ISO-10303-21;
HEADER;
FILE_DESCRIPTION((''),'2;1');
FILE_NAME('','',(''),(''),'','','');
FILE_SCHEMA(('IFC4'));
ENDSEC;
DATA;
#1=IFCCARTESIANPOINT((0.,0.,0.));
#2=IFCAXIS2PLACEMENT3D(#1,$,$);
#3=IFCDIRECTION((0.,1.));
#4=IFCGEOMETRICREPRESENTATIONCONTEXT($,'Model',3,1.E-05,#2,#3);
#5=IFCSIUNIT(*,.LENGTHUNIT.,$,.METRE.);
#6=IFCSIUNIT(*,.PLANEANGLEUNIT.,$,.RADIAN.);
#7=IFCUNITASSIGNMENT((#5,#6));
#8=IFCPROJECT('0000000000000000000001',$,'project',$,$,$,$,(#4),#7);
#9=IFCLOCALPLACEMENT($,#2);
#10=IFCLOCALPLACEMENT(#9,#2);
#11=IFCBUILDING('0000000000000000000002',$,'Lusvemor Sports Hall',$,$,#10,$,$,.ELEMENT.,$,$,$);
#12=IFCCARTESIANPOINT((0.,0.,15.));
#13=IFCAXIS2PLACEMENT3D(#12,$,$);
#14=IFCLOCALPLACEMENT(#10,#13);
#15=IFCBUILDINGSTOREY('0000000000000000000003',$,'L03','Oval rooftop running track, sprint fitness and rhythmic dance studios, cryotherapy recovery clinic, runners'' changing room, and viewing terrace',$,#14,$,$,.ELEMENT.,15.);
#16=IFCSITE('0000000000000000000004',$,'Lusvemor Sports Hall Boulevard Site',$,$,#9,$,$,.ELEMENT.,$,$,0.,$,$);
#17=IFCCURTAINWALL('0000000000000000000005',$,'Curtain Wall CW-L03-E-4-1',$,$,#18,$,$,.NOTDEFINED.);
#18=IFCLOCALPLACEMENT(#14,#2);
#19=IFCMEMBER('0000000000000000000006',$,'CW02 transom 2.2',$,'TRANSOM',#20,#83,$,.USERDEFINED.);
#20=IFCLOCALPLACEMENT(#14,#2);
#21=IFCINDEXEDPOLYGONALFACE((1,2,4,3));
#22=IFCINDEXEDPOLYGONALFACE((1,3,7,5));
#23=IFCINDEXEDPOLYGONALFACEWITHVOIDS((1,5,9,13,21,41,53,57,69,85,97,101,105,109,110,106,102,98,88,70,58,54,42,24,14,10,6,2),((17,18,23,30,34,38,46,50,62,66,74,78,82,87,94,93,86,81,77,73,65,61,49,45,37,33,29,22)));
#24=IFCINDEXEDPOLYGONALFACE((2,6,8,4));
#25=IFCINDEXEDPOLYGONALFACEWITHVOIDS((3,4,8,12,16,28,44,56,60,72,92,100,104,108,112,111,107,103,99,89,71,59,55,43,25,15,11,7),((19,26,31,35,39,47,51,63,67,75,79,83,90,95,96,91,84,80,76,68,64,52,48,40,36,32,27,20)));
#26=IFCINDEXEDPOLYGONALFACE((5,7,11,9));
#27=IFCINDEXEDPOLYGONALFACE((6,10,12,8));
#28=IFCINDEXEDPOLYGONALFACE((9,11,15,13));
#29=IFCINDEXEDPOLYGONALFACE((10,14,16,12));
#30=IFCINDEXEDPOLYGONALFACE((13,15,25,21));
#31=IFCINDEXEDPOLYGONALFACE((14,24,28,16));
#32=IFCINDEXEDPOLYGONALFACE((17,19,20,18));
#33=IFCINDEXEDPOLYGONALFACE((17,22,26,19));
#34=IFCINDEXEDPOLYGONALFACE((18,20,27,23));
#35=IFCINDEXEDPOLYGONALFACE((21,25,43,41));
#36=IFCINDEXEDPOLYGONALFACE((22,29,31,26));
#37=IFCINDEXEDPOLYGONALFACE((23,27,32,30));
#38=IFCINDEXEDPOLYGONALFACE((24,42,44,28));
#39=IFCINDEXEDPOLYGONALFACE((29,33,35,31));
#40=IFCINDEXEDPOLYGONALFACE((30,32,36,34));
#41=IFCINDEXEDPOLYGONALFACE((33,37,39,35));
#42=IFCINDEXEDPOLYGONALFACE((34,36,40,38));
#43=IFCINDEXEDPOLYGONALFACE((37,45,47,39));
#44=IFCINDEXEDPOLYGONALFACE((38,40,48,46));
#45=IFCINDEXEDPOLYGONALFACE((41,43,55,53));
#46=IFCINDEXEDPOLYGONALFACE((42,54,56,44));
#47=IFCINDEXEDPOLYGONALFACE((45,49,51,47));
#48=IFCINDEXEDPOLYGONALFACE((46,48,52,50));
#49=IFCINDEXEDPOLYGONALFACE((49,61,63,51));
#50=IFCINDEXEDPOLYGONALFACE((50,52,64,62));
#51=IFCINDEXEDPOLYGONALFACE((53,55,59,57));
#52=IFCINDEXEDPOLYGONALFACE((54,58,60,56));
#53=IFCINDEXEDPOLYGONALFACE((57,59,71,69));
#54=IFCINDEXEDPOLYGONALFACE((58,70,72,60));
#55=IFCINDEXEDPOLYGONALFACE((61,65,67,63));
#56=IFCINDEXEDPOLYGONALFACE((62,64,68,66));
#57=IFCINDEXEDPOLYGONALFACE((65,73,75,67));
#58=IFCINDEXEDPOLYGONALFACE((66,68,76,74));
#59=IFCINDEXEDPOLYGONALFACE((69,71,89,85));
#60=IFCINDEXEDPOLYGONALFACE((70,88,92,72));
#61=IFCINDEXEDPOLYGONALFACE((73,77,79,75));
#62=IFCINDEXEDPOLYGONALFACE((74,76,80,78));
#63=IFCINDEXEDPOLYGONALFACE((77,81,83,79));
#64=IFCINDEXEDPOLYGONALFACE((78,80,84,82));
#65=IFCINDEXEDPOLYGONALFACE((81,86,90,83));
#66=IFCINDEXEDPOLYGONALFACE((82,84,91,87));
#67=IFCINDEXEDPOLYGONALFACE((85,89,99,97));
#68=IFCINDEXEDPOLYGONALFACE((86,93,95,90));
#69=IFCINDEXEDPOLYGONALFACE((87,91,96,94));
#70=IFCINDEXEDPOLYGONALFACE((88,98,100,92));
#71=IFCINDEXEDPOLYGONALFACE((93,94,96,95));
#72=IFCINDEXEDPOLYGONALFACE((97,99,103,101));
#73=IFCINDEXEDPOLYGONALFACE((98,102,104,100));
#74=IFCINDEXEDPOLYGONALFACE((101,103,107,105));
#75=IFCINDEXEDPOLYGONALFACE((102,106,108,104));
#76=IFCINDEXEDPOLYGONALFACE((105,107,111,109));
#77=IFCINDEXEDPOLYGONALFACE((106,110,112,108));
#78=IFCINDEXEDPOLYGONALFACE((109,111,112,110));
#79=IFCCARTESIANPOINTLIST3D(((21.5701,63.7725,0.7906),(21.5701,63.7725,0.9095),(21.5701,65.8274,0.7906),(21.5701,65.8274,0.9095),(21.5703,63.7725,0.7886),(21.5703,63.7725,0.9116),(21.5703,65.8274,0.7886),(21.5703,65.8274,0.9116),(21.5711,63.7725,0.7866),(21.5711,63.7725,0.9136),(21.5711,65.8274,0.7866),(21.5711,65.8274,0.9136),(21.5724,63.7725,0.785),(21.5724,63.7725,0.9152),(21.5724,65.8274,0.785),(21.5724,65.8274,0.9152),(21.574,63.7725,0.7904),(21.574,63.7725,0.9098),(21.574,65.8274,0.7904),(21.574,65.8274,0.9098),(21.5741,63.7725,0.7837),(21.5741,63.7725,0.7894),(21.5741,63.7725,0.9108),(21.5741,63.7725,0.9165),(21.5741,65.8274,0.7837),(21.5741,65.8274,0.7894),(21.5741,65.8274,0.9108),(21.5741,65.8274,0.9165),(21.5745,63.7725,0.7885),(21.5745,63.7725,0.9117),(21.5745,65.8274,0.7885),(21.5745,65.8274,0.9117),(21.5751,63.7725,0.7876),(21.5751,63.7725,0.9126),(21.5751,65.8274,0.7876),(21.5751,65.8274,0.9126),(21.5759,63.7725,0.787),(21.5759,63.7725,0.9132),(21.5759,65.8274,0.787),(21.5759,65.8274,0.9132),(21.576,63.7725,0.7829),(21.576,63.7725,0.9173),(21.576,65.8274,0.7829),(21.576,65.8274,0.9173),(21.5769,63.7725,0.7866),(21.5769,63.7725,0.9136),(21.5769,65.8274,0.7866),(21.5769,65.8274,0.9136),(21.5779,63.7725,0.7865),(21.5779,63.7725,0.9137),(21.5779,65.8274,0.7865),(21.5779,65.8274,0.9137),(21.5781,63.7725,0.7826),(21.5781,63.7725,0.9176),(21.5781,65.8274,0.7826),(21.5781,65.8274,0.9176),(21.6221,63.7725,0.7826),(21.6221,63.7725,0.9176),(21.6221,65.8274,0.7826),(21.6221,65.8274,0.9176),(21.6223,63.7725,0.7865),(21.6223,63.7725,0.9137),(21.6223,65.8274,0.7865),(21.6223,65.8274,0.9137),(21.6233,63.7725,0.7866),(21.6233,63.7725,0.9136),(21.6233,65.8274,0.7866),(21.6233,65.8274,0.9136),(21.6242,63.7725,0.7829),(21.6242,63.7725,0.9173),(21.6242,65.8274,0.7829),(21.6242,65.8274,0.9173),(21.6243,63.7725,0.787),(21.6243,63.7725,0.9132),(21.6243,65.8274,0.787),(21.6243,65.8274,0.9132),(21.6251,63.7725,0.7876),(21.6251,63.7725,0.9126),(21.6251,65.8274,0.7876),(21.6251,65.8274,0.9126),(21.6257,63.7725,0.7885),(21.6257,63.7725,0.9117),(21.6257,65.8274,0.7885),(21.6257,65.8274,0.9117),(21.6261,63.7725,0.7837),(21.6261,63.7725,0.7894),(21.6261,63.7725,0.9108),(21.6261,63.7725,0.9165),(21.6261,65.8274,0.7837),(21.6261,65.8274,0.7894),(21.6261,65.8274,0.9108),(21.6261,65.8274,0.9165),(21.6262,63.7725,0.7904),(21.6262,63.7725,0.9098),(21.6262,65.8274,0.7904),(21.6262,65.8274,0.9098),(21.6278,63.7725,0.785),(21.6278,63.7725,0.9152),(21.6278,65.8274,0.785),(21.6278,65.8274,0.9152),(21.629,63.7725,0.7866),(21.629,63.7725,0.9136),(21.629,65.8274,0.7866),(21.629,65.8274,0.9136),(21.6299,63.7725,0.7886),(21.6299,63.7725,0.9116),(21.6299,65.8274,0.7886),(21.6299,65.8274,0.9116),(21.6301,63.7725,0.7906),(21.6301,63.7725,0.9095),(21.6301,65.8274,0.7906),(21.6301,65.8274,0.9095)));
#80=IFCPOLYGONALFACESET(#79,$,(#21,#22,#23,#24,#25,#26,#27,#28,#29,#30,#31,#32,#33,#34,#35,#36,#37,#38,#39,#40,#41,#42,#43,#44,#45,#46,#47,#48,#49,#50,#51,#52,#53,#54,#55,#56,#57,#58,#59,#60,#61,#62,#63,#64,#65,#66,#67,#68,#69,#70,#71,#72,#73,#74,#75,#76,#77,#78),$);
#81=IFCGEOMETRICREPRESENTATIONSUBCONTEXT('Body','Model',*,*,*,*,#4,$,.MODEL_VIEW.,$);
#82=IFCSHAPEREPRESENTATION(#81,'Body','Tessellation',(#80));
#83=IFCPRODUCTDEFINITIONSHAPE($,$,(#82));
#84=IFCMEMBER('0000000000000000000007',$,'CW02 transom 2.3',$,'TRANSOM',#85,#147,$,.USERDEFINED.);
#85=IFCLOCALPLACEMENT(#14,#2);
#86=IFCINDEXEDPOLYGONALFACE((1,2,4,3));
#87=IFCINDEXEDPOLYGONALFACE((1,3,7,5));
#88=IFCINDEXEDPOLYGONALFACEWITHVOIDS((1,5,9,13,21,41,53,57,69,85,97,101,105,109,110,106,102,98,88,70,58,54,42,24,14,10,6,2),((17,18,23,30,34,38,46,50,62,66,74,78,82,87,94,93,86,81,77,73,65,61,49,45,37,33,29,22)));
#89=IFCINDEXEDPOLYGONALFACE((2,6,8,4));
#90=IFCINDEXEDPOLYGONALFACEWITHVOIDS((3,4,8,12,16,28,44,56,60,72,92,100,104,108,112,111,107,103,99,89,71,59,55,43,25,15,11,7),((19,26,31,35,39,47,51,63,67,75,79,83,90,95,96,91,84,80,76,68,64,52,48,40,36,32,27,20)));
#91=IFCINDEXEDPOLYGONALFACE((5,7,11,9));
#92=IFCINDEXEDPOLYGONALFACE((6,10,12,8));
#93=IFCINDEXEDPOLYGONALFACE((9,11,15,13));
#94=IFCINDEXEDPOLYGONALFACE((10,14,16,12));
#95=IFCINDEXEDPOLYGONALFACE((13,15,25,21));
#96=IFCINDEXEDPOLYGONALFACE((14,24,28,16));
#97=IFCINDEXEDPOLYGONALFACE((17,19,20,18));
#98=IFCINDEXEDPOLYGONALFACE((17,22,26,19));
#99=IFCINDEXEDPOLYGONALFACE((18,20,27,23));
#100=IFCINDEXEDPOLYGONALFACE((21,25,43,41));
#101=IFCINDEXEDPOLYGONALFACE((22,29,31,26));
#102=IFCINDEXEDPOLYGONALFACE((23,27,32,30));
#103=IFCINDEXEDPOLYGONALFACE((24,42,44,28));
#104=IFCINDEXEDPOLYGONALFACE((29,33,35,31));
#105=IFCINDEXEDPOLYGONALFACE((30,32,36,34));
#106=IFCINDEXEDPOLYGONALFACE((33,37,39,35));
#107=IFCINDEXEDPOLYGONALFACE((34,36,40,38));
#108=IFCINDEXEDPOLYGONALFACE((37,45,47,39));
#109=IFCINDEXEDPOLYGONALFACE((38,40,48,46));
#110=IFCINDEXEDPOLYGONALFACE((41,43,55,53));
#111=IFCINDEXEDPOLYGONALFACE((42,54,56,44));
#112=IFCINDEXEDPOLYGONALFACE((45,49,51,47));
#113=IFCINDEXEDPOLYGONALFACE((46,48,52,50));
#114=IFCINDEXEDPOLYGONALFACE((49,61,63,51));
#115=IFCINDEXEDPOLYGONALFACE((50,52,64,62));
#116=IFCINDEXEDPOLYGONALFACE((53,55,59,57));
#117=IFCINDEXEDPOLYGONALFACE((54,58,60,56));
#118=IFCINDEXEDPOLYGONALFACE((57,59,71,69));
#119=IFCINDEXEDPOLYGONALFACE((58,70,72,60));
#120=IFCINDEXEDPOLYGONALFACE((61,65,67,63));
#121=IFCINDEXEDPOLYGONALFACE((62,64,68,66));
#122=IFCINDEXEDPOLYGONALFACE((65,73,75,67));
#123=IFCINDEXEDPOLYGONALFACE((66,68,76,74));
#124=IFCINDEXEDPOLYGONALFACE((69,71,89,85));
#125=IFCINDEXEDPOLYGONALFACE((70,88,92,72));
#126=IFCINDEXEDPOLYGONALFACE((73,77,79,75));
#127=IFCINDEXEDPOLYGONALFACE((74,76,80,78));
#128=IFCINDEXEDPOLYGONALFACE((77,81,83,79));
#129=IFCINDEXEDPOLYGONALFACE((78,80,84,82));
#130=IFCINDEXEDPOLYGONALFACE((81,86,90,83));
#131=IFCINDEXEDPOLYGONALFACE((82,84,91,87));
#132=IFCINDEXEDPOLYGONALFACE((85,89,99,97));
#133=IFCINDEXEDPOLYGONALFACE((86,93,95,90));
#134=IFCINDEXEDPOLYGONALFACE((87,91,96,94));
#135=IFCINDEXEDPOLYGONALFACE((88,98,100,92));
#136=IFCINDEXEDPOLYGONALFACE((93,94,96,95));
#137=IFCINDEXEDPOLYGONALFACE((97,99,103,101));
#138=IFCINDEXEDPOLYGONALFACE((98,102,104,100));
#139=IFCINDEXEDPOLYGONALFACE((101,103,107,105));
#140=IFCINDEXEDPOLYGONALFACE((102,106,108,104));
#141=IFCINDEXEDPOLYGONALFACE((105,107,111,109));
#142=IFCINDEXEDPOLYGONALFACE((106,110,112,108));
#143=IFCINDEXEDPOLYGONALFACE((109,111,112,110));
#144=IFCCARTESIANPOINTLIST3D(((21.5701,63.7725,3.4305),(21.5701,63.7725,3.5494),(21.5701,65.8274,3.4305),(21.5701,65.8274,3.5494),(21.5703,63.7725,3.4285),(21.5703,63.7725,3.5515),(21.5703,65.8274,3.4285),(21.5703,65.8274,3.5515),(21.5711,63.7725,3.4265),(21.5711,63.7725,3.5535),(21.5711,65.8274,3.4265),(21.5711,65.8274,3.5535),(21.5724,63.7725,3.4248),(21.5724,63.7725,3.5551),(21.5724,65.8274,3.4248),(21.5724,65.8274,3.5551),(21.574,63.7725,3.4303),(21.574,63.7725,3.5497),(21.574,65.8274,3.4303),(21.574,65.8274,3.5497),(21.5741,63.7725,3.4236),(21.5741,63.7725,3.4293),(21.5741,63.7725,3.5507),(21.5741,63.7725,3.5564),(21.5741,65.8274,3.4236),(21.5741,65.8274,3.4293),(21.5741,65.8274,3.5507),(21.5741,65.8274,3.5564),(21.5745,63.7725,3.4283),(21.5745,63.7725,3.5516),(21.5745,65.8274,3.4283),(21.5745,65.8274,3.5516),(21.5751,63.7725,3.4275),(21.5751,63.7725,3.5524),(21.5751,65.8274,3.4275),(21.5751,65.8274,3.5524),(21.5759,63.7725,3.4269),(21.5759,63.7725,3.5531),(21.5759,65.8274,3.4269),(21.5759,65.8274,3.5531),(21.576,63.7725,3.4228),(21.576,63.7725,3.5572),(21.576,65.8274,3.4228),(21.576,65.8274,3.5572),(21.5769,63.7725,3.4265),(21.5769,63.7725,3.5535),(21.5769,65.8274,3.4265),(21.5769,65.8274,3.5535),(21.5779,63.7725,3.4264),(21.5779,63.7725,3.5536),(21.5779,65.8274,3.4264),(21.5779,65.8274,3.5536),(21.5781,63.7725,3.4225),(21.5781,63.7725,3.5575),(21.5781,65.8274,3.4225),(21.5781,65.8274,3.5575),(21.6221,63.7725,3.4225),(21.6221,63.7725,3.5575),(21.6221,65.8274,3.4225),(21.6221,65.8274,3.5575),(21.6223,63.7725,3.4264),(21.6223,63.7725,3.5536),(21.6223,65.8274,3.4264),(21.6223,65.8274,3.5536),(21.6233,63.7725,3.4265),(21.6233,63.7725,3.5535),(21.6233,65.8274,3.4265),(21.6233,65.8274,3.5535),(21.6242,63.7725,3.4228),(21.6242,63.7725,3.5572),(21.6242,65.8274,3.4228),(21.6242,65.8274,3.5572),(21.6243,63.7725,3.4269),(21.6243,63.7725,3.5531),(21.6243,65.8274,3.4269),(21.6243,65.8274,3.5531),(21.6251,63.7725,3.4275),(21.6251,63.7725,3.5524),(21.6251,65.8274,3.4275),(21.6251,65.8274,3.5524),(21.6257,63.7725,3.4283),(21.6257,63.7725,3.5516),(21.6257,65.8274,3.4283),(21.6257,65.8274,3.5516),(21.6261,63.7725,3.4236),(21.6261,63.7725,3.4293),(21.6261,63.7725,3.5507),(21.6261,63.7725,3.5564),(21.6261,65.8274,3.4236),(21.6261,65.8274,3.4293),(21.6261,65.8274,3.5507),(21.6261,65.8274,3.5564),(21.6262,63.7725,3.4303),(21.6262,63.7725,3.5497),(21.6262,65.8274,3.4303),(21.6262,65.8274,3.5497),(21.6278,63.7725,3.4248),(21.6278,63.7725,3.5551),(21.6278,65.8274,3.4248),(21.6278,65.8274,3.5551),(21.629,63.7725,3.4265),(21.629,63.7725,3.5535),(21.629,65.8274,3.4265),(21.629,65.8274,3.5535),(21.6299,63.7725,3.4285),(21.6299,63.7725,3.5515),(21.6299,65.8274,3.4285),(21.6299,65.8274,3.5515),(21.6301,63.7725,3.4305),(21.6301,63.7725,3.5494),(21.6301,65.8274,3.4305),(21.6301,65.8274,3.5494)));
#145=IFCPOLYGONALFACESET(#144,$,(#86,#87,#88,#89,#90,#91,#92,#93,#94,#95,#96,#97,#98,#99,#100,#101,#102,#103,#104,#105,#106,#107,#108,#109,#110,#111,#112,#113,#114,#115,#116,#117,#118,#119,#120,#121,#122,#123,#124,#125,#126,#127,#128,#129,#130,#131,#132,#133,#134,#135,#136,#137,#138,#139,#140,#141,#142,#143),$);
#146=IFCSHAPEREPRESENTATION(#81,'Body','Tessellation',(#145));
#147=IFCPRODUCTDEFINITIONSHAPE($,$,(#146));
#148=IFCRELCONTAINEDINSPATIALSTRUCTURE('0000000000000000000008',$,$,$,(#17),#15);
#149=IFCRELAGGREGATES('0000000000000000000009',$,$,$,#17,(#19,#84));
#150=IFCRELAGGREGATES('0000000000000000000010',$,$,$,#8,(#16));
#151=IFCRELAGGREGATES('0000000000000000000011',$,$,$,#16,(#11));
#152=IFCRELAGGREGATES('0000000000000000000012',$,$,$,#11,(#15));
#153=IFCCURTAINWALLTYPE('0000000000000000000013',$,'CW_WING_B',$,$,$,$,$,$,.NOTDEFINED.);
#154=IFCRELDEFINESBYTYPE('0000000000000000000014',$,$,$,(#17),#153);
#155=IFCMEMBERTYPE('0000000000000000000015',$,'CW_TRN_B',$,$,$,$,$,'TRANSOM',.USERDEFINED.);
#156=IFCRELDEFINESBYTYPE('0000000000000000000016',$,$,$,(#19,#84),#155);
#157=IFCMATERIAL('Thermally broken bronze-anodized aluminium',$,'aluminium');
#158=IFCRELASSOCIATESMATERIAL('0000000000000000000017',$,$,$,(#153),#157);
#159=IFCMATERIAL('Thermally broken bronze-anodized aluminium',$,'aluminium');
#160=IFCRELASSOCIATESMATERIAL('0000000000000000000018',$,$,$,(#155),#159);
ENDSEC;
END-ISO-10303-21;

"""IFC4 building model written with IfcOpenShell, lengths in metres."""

from ifc_helpers import new_model, si_unit, direction, frame, origin, origin_2d, place, context, subcontext, project, spatial, hollow_rectangle, extrude, material, material_profile, profile_set, type_object, element, aggregate, save


model = new_model("IFC4")

# Units and contexts
model_context = context("Model", 3, precision=1e-05, world=origin(), true_north=direction((0.0, 1.0)))
body_context = subcontext(model_context, "Body", "Model", "MODEL_VIEW")
ifc_project = project(units=[si_unit("LENGTHUNIT", "METRE"), si_unit("PLANEANGLEUNIT", "RADIAN")], contexts=[model_context])

# Site, building, storey
site_placement = place(None, origin())
site = spatial("IfcSite", under=ifc_project, at=site_placement, Name="Lusvemor Sports Hall Boulevard Site", CompositionType="ELEMENT", RefElevation=0.0)
building_placement = place(site_placement, origin())
building = spatial("IfcBuilding", under=site, at=building_placement, Name="Lusvemor Sports Hall", CompositionType="ELEMENT")
storey_placement = place(building_placement, frame((0.0, 0.0, 15.0)))
storey = spatial("IfcBuildingStorey", under=building, at=storey_placement, Name="L03", Description="Oval rooftop running track, sprint fitness and rhythmic dance studios, cryotherapy recovery clinic, runners' changing room, and viewing terrace", CompositionType="ELEMENT", Elevation=15.0)

# Shared definitions
ifc_material_1 = material(Name="Thermally broken bronze-anodized aluminium", Category="aluminium")
curtain_wall_type = type_object("IfcCurtainWallType", Name="CW_WING_B", PredefinedType="NOTDEFINED", material=ifc_material_1)

# Curtain wall
curtain_wall_1_placement = place(storey_placement, origin())
curtain_wall_1 = element("IfcCurtainWall", 1, at=curtain_wall_1_placement, inside=storey, type_object=curtain_wall_type, Name="Curtain Wall CW-L03-E-4-1", PredefinedType="NOTDEFINED")

# Members
ifc_material_2 = material(Name="Thermally broken bronze-anodized aluminium", Category="aluminium")
ifc_material_profile_1 = material_profile(ifc_material_2, hollow_rectangle(XDim=0.0601, YDim=0.135, WallThickness=0.0039, InnerFilletRadius=0.0039, OuterFilletRadius=0.0081, at=origin_2d()), Name="CWTRN135x60x4")
ifc_profile_set_1 = profile_set([ifc_material_profile_1], Name="Thermally broken bronze-anodized aluminium")
member_type_1 = type_object("IfcMemberType", Name="CW_TRN_B", ElementType="TRANSOM", PredefinedType="USERDEFINED", material=ifc_profile_set_1)
member_1_placement = place(storey_placement, frame((21.6001, 65.8274, 0.8501), z_axis=(0.0, -1.0, 0.0), x_axis=(1.0, 0.0, 0.0)))
member_1 = element("IfcMember", 2, at=member_1_placement, type_object=member_type_1, Name="CW02 transom 2.2", ObjectType="TRANSOM", PredefinedType="USERDEFINED", context=body_context, shape_type="SweptSolid", body=[
    extrude(hollow_rectangle(XDim=0.0601, YDim=0.135, WallThickness=0.0039, InnerFilletRadius=0.0039, OuterFilletRadius=0.0081, at=origin_2d()), origin(), (0.0, 0.0, 1.0), 2.0549),
])
member_2_placement = place(storey_placement, frame((21.6001, 65.8274, 3.49), z_axis=(0.0, -1.0, 0.0), x_axis=(1.0, 0.0, 0.0)))
member_2 = element("IfcMember", 3, at=member_2_placement, type_object=member_type_1, Name="CW02 transom 2.3", ObjectType="TRANSOM", PredefinedType="USERDEFINED", context=body_context, shape_type="SweptSolid", body=[
    extrude(hollow_rectangle(XDim=0.0601, YDim=0.135, WallThickness=0.0039, InnerFilletRadius=0.0039, OuterFilletRadius=0.0081, at=origin_2d()), origin(), (0.0, 0.0, 1.0), 2.0549),
])

aggregate(curtain_wall_1, [member_1, member_2])

save(model, "model.ifc")
